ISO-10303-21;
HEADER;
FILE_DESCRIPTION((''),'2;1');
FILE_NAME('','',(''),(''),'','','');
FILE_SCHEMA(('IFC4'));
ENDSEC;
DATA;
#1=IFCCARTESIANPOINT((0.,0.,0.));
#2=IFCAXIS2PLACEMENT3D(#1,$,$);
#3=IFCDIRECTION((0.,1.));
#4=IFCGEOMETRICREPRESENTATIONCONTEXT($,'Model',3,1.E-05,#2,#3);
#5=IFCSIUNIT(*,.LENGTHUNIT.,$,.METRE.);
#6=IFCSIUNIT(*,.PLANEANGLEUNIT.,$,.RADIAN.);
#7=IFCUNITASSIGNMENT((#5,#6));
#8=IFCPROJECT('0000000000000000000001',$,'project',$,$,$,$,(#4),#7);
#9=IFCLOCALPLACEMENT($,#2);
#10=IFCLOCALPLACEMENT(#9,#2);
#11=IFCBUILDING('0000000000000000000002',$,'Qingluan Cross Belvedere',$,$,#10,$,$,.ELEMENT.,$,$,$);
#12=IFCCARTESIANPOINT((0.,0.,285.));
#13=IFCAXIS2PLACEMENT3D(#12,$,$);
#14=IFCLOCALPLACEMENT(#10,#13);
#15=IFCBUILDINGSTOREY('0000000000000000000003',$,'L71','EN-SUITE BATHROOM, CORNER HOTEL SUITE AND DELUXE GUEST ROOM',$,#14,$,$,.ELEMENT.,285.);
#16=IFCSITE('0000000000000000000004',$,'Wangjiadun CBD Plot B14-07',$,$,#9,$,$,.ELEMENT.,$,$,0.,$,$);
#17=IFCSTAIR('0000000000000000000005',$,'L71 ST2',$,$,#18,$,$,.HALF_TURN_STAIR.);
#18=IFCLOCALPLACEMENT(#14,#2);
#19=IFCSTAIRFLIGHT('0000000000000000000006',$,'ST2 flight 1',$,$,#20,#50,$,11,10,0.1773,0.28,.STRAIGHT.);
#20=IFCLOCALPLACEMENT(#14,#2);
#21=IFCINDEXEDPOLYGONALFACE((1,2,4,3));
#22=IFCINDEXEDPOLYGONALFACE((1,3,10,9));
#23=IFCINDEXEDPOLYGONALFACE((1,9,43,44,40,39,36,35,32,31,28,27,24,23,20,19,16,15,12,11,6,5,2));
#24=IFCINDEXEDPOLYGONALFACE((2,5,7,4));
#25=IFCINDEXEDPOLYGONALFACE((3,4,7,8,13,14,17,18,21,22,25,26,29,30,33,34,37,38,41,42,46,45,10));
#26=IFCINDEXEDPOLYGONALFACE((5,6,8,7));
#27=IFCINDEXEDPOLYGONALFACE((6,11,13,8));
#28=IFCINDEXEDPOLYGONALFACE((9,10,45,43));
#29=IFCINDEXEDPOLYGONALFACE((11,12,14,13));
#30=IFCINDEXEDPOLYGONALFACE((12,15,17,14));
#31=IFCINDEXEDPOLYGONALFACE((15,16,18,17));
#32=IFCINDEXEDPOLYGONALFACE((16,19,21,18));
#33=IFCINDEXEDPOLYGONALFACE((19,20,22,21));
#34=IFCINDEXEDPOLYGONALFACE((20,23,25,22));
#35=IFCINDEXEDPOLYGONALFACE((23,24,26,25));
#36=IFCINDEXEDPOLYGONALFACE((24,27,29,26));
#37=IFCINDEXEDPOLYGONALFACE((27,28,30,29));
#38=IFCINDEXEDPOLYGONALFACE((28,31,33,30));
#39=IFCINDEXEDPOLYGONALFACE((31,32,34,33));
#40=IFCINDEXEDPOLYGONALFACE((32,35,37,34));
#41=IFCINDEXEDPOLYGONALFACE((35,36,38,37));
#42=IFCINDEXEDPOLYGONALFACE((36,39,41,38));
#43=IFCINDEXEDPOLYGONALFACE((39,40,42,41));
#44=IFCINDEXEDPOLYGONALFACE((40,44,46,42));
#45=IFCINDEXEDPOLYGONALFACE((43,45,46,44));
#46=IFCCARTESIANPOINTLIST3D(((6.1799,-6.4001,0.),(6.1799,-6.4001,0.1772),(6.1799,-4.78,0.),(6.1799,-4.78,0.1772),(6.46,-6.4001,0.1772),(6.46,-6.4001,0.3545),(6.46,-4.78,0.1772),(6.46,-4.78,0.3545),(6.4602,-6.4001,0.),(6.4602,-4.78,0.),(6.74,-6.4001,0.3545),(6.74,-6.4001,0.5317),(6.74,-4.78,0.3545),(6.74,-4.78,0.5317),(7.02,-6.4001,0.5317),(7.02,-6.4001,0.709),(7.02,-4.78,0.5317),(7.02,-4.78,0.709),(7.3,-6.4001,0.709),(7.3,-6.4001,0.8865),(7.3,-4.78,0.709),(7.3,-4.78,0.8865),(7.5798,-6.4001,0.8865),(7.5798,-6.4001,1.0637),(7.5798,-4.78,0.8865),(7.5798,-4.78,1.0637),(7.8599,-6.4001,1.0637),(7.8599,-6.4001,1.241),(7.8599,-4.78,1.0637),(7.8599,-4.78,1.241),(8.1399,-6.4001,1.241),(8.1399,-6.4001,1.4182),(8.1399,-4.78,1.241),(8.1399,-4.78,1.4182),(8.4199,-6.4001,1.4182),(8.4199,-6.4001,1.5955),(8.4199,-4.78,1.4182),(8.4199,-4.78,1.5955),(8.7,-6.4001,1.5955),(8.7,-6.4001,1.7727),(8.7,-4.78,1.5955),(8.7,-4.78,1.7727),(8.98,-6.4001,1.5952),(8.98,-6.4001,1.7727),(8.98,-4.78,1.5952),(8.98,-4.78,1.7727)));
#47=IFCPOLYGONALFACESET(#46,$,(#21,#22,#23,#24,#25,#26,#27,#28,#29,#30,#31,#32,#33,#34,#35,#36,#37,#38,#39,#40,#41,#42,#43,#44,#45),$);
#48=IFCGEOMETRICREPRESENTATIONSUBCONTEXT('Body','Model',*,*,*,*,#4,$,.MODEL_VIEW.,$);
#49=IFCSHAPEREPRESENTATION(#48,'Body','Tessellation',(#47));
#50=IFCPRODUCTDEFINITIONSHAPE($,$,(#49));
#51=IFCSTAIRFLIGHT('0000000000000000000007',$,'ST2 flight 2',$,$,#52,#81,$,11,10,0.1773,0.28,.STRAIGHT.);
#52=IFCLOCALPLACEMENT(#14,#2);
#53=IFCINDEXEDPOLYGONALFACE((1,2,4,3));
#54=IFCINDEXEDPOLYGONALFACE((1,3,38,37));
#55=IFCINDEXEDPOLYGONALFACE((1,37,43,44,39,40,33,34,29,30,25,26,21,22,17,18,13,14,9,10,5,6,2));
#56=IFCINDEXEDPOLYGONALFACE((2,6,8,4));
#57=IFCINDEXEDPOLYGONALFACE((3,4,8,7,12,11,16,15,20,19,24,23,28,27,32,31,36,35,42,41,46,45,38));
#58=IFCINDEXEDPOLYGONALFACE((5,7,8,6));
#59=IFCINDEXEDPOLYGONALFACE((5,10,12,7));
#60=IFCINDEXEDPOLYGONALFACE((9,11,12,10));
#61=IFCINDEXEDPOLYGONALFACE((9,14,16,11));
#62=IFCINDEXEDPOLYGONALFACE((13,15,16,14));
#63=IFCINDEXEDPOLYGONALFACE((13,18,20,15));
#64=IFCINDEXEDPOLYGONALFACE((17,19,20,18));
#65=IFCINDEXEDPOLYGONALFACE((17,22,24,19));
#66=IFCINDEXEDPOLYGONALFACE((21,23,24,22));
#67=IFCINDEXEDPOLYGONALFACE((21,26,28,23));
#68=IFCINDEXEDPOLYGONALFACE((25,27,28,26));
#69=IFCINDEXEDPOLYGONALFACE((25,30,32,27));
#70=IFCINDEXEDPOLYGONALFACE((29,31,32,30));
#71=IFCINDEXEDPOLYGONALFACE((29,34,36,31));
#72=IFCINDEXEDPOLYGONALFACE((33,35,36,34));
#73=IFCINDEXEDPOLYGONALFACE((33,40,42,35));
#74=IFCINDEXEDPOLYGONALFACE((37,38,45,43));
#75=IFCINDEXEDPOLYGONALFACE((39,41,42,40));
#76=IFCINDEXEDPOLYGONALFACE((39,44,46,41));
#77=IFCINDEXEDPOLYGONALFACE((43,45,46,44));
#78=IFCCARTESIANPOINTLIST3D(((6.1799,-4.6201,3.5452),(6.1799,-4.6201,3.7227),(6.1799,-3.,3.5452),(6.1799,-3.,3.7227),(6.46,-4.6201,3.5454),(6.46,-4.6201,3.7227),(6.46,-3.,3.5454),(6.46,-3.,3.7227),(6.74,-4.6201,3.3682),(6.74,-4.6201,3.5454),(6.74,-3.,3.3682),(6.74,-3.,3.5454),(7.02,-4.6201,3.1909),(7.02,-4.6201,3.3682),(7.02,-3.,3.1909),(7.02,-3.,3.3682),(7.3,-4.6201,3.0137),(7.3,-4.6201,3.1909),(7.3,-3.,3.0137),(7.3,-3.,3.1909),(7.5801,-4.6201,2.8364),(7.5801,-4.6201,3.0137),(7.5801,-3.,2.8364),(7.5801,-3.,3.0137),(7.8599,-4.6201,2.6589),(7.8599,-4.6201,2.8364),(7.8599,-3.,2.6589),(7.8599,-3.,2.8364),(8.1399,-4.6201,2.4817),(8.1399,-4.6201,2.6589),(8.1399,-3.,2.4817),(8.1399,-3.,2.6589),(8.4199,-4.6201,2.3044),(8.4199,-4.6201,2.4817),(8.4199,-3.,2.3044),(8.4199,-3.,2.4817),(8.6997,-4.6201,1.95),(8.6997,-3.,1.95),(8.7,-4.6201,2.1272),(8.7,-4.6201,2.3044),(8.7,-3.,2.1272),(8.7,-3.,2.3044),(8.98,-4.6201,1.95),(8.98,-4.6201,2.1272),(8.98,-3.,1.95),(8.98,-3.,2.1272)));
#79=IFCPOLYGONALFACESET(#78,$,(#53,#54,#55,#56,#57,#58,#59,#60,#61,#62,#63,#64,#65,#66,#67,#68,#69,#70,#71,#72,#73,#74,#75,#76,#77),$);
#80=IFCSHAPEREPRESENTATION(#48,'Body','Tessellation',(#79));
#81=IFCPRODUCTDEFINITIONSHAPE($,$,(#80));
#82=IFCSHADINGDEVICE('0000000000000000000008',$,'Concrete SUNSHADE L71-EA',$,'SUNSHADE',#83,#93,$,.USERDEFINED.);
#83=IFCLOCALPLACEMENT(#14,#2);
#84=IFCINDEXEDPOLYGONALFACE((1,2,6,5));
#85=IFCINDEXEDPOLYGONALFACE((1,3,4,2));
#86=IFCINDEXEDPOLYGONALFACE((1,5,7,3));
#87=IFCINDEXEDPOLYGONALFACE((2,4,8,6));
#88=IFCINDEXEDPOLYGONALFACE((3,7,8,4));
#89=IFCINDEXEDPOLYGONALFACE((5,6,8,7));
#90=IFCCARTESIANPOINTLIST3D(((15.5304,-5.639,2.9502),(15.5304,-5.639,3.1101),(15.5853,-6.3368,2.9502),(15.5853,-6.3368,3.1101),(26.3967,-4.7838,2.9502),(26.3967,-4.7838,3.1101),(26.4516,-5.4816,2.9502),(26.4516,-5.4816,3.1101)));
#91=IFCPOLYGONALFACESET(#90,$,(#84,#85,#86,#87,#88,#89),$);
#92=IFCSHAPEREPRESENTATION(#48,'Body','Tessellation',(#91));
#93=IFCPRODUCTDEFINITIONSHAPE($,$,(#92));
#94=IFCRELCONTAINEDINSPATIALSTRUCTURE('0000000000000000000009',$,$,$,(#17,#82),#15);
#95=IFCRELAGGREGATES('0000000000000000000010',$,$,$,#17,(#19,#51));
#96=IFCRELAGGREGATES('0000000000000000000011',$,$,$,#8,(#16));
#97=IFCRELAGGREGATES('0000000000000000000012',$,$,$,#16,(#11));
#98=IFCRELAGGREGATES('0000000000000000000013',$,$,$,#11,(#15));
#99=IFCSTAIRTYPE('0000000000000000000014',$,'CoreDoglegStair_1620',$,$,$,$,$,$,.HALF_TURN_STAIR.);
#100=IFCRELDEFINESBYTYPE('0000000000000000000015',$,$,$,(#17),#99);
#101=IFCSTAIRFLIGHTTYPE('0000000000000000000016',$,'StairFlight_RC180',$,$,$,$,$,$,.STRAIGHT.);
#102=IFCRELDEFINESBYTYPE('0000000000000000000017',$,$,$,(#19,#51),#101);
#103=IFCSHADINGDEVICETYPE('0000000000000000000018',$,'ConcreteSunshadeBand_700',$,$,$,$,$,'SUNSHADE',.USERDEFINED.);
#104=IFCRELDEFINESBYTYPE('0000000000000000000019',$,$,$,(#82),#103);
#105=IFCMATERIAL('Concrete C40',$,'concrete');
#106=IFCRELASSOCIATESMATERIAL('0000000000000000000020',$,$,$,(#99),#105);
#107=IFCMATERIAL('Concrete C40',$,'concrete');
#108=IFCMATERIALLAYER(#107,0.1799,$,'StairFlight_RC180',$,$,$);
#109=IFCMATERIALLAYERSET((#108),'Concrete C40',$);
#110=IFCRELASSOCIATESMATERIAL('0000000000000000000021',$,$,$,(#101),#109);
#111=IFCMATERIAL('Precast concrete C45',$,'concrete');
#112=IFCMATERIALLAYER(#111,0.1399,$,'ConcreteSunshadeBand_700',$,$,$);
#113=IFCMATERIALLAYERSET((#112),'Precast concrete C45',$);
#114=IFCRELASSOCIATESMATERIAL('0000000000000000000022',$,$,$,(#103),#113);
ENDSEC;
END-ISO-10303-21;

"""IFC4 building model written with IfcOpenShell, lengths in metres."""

from ifc_helpers import new_model, si_unit, direction, frame, origin, origin_2d, place, context, subcontext, project, spatial, polyline, rectangle, outline, extrude, material, layer, layer_set, type_object, element, aggregate, save


model = new_model("IFC4")

# Units and contexts
model_context = context("Model", 3, precision=1e-05, world=origin(), true_north=direction((0.0, 1.0)))
body_context = subcontext(model_context, "Body", "Model", "MODEL_VIEW")
ifc_project = project(units=[si_unit("LENGTHUNIT", "METRE"), si_unit("PLANEANGLEUNIT", "RADIAN")], contexts=[model_context])

# Site, building, storey
site_placement = place(None, origin())
site = spatial("IfcSite", under=ifc_project, at=site_placement, Name="Wangjiadun CBD Plot B14-07", CompositionType="ELEMENT", RefElevation=0.0)
building_placement = place(site_placement, origin())
building = spatial("IfcBuilding", under=site, at=building_placement, Name="Qingluan Cross Belvedere", CompositionType="ELEMENT")
storey_placement = place(building_placement, frame((0.0, 0.0, 285.0)))
storey = spatial("IfcBuildingStorey", under=building, at=storey_placement, Name="L71", Description="EN-SUITE BATHROOM, CORNER HOTEL SUITE AND DELUXE GUEST ROOM", CompositionType="ELEMENT", Elevation=285.0)

# Stair, stair flights
ifc_material_1 = material(Name="Concrete C40", Category="concrete")
stair_type = type_object("IfcStairType", Name="CoreDoglegStair_1620", PredefinedType="HALF_TURN_STAIR", material=ifc_material_1)
stair_placement = place(storey_placement, origin())
stair = element("IfcStair", 1, at=stair_placement, inside=storey, type_object=stair_type, Name="L71 ST2", PredefinedType="HALF_TURN_STAIR")
ifc_material_2 = material(Name="Concrete C40", Category="concrete")
ifc_layer_1 = layer(ifc_material_2, 0.1799, Name="StairFlight_RC180")
ifc_layer_set_1 = layer_set([ifc_layer_1], Name="Concrete C40")
stair_flight_type = type_object("IfcStairFlightType", Name="StairFlight_RC180", PredefinedType="STRAIGHT", material=ifc_layer_set_1)
stair_flight_1_placement = place(storey_placement, frame((6.1799, -5.5901, 0.0), z_axis=(0.0, 0.0, 1.0), x_axis=(1.0, 0.0, 0.0)))
stair_flight_1 = element("IfcStairFlight", 2, at=stair_flight_1_placement, type_object=stair_flight_type, Name="ST2 flight 1", NumberOfRisers=11, NumberOfTreads=10, PredefinedType="STRAIGHT", RiserHeight=0.1773, TreadLength=0.28, context=body_context, shape_type="SweptSolid", body=[
    extrude(outline(polyline([(0.0, 0.0), (0.0, 0.1772), (0.28, 0.1772), (0.28, 0.3545), (0.5601, 0.3545), (0.5601, 0.5317), (0.8401, 0.5317), (0.8401, 0.709), (1.1201, 0.709), (1.1201, 0.8865), (1.3999, 0.8865), (1.3999, 1.0637), (1.6799, 1.0637), (1.6799, 1.241), (1.96, 1.241), (1.96, 1.4182), (2.24, 1.4182), (2.24, 1.5955), (2.52, 1.5955), (2.52, 1.7727), (2.8, 1.7727), (2.8, 1.95), (2.8, 1.5952), (0.2803, 0.0), (0.0, 0.0)])), frame((0.0, 0.8101, 0.0), z_axis=(0.0, -1.0, 0.0), x_axis=(1.0, 0.0, 0.0)), (0.0, 0.0, 1.0), 1.6201),
])
stair_flight_2_placement = place(storey_placement, frame((8.98, -3.8101, 1.95), z_axis=(0.0, 0.0, 1.0), x_axis=(-1.0, 0.0, 0.0)))
stair_flight_2 = element("IfcStairFlight", 3, at=stair_flight_2_placement, type_object=stair_flight_type, Name="ST2 flight 2", NumberOfRisers=11, NumberOfTreads=10, PredefinedType="STRAIGHT", RiserHeight=0.1773, TreadLength=0.28, context=body_context, shape_type="SweptSolid", body=[
    extrude(outline(polyline([(0.0, 0.0), (0.0, 0.1772), (0.28, 0.1772), (0.28, 0.3545), (0.5601, 0.3545), (0.5601, 0.5317), (0.8401, 0.5317), (0.8401, 0.709), (1.1201, 0.709), (1.1201, 0.8865), (1.3999, 0.8865), (1.3999, 1.0637), (1.6799, 1.0637), (1.6799, 1.241), (1.96, 1.241), (1.96, 1.4182), (2.24, 1.4182), (2.24, 1.5955), (2.52, 1.5955), (2.52, 1.7727), (2.8, 1.7727), (2.8, 1.95), (2.8, 1.5952), (0.2803, 0.0), (0.0, 0.0)])), frame((0.0, 0.8101, 0.0), z_axis=(0.0, -1.0, 0.0), x_axis=(1.0, 0.0, 0.0)), (0.0, 0.0, 1.0), 1.6201),
])
aggregate(stair, [stair_flight_1, stair_flight_2])

# Shading device
ifc_material_3 = material(Name="Precast concrete C45", Category="concrete")
ifc_layer_2 = layer(ifc_material_3, 0.1399, Name="ConcreteSunshadeBand_700")
ifc_layer_set_2 = layer_set([ifc_layer_2], Name="Precast concrete C45")
shading_device_type = type_object("IfcShadingDeviceType", Name="ConcreteSunshadeBand_700", ElementType="SUNSHADE", PredefinedType="USERDEFINED", material=ifc_layer_set_2)
shading_device_placement = place(storey_placement, frame((20.991, -5.5603, 2.9502), z_axis=(0.0, 0.0, 1.0), x_axis=(0.996917, 0.078459, 0.0)))
element("IfcShadingDevice", 4, at=shading_device_placement, inside=storey, type_object=shading_device_type, Name="Concrete SUNSHADE L71-EA", ObjectType="SUNSHADE", PredefinedType="USERDEFINED", context=body_context, shape_type="SweptSolid", body=[
    extrude(rectangle(XDim=10.8999, YDim=0.7, at=origin_2d()), origin(), (0.0, 0.0, 1.0), 0.1599),
])

save(model, "model.ifc")
